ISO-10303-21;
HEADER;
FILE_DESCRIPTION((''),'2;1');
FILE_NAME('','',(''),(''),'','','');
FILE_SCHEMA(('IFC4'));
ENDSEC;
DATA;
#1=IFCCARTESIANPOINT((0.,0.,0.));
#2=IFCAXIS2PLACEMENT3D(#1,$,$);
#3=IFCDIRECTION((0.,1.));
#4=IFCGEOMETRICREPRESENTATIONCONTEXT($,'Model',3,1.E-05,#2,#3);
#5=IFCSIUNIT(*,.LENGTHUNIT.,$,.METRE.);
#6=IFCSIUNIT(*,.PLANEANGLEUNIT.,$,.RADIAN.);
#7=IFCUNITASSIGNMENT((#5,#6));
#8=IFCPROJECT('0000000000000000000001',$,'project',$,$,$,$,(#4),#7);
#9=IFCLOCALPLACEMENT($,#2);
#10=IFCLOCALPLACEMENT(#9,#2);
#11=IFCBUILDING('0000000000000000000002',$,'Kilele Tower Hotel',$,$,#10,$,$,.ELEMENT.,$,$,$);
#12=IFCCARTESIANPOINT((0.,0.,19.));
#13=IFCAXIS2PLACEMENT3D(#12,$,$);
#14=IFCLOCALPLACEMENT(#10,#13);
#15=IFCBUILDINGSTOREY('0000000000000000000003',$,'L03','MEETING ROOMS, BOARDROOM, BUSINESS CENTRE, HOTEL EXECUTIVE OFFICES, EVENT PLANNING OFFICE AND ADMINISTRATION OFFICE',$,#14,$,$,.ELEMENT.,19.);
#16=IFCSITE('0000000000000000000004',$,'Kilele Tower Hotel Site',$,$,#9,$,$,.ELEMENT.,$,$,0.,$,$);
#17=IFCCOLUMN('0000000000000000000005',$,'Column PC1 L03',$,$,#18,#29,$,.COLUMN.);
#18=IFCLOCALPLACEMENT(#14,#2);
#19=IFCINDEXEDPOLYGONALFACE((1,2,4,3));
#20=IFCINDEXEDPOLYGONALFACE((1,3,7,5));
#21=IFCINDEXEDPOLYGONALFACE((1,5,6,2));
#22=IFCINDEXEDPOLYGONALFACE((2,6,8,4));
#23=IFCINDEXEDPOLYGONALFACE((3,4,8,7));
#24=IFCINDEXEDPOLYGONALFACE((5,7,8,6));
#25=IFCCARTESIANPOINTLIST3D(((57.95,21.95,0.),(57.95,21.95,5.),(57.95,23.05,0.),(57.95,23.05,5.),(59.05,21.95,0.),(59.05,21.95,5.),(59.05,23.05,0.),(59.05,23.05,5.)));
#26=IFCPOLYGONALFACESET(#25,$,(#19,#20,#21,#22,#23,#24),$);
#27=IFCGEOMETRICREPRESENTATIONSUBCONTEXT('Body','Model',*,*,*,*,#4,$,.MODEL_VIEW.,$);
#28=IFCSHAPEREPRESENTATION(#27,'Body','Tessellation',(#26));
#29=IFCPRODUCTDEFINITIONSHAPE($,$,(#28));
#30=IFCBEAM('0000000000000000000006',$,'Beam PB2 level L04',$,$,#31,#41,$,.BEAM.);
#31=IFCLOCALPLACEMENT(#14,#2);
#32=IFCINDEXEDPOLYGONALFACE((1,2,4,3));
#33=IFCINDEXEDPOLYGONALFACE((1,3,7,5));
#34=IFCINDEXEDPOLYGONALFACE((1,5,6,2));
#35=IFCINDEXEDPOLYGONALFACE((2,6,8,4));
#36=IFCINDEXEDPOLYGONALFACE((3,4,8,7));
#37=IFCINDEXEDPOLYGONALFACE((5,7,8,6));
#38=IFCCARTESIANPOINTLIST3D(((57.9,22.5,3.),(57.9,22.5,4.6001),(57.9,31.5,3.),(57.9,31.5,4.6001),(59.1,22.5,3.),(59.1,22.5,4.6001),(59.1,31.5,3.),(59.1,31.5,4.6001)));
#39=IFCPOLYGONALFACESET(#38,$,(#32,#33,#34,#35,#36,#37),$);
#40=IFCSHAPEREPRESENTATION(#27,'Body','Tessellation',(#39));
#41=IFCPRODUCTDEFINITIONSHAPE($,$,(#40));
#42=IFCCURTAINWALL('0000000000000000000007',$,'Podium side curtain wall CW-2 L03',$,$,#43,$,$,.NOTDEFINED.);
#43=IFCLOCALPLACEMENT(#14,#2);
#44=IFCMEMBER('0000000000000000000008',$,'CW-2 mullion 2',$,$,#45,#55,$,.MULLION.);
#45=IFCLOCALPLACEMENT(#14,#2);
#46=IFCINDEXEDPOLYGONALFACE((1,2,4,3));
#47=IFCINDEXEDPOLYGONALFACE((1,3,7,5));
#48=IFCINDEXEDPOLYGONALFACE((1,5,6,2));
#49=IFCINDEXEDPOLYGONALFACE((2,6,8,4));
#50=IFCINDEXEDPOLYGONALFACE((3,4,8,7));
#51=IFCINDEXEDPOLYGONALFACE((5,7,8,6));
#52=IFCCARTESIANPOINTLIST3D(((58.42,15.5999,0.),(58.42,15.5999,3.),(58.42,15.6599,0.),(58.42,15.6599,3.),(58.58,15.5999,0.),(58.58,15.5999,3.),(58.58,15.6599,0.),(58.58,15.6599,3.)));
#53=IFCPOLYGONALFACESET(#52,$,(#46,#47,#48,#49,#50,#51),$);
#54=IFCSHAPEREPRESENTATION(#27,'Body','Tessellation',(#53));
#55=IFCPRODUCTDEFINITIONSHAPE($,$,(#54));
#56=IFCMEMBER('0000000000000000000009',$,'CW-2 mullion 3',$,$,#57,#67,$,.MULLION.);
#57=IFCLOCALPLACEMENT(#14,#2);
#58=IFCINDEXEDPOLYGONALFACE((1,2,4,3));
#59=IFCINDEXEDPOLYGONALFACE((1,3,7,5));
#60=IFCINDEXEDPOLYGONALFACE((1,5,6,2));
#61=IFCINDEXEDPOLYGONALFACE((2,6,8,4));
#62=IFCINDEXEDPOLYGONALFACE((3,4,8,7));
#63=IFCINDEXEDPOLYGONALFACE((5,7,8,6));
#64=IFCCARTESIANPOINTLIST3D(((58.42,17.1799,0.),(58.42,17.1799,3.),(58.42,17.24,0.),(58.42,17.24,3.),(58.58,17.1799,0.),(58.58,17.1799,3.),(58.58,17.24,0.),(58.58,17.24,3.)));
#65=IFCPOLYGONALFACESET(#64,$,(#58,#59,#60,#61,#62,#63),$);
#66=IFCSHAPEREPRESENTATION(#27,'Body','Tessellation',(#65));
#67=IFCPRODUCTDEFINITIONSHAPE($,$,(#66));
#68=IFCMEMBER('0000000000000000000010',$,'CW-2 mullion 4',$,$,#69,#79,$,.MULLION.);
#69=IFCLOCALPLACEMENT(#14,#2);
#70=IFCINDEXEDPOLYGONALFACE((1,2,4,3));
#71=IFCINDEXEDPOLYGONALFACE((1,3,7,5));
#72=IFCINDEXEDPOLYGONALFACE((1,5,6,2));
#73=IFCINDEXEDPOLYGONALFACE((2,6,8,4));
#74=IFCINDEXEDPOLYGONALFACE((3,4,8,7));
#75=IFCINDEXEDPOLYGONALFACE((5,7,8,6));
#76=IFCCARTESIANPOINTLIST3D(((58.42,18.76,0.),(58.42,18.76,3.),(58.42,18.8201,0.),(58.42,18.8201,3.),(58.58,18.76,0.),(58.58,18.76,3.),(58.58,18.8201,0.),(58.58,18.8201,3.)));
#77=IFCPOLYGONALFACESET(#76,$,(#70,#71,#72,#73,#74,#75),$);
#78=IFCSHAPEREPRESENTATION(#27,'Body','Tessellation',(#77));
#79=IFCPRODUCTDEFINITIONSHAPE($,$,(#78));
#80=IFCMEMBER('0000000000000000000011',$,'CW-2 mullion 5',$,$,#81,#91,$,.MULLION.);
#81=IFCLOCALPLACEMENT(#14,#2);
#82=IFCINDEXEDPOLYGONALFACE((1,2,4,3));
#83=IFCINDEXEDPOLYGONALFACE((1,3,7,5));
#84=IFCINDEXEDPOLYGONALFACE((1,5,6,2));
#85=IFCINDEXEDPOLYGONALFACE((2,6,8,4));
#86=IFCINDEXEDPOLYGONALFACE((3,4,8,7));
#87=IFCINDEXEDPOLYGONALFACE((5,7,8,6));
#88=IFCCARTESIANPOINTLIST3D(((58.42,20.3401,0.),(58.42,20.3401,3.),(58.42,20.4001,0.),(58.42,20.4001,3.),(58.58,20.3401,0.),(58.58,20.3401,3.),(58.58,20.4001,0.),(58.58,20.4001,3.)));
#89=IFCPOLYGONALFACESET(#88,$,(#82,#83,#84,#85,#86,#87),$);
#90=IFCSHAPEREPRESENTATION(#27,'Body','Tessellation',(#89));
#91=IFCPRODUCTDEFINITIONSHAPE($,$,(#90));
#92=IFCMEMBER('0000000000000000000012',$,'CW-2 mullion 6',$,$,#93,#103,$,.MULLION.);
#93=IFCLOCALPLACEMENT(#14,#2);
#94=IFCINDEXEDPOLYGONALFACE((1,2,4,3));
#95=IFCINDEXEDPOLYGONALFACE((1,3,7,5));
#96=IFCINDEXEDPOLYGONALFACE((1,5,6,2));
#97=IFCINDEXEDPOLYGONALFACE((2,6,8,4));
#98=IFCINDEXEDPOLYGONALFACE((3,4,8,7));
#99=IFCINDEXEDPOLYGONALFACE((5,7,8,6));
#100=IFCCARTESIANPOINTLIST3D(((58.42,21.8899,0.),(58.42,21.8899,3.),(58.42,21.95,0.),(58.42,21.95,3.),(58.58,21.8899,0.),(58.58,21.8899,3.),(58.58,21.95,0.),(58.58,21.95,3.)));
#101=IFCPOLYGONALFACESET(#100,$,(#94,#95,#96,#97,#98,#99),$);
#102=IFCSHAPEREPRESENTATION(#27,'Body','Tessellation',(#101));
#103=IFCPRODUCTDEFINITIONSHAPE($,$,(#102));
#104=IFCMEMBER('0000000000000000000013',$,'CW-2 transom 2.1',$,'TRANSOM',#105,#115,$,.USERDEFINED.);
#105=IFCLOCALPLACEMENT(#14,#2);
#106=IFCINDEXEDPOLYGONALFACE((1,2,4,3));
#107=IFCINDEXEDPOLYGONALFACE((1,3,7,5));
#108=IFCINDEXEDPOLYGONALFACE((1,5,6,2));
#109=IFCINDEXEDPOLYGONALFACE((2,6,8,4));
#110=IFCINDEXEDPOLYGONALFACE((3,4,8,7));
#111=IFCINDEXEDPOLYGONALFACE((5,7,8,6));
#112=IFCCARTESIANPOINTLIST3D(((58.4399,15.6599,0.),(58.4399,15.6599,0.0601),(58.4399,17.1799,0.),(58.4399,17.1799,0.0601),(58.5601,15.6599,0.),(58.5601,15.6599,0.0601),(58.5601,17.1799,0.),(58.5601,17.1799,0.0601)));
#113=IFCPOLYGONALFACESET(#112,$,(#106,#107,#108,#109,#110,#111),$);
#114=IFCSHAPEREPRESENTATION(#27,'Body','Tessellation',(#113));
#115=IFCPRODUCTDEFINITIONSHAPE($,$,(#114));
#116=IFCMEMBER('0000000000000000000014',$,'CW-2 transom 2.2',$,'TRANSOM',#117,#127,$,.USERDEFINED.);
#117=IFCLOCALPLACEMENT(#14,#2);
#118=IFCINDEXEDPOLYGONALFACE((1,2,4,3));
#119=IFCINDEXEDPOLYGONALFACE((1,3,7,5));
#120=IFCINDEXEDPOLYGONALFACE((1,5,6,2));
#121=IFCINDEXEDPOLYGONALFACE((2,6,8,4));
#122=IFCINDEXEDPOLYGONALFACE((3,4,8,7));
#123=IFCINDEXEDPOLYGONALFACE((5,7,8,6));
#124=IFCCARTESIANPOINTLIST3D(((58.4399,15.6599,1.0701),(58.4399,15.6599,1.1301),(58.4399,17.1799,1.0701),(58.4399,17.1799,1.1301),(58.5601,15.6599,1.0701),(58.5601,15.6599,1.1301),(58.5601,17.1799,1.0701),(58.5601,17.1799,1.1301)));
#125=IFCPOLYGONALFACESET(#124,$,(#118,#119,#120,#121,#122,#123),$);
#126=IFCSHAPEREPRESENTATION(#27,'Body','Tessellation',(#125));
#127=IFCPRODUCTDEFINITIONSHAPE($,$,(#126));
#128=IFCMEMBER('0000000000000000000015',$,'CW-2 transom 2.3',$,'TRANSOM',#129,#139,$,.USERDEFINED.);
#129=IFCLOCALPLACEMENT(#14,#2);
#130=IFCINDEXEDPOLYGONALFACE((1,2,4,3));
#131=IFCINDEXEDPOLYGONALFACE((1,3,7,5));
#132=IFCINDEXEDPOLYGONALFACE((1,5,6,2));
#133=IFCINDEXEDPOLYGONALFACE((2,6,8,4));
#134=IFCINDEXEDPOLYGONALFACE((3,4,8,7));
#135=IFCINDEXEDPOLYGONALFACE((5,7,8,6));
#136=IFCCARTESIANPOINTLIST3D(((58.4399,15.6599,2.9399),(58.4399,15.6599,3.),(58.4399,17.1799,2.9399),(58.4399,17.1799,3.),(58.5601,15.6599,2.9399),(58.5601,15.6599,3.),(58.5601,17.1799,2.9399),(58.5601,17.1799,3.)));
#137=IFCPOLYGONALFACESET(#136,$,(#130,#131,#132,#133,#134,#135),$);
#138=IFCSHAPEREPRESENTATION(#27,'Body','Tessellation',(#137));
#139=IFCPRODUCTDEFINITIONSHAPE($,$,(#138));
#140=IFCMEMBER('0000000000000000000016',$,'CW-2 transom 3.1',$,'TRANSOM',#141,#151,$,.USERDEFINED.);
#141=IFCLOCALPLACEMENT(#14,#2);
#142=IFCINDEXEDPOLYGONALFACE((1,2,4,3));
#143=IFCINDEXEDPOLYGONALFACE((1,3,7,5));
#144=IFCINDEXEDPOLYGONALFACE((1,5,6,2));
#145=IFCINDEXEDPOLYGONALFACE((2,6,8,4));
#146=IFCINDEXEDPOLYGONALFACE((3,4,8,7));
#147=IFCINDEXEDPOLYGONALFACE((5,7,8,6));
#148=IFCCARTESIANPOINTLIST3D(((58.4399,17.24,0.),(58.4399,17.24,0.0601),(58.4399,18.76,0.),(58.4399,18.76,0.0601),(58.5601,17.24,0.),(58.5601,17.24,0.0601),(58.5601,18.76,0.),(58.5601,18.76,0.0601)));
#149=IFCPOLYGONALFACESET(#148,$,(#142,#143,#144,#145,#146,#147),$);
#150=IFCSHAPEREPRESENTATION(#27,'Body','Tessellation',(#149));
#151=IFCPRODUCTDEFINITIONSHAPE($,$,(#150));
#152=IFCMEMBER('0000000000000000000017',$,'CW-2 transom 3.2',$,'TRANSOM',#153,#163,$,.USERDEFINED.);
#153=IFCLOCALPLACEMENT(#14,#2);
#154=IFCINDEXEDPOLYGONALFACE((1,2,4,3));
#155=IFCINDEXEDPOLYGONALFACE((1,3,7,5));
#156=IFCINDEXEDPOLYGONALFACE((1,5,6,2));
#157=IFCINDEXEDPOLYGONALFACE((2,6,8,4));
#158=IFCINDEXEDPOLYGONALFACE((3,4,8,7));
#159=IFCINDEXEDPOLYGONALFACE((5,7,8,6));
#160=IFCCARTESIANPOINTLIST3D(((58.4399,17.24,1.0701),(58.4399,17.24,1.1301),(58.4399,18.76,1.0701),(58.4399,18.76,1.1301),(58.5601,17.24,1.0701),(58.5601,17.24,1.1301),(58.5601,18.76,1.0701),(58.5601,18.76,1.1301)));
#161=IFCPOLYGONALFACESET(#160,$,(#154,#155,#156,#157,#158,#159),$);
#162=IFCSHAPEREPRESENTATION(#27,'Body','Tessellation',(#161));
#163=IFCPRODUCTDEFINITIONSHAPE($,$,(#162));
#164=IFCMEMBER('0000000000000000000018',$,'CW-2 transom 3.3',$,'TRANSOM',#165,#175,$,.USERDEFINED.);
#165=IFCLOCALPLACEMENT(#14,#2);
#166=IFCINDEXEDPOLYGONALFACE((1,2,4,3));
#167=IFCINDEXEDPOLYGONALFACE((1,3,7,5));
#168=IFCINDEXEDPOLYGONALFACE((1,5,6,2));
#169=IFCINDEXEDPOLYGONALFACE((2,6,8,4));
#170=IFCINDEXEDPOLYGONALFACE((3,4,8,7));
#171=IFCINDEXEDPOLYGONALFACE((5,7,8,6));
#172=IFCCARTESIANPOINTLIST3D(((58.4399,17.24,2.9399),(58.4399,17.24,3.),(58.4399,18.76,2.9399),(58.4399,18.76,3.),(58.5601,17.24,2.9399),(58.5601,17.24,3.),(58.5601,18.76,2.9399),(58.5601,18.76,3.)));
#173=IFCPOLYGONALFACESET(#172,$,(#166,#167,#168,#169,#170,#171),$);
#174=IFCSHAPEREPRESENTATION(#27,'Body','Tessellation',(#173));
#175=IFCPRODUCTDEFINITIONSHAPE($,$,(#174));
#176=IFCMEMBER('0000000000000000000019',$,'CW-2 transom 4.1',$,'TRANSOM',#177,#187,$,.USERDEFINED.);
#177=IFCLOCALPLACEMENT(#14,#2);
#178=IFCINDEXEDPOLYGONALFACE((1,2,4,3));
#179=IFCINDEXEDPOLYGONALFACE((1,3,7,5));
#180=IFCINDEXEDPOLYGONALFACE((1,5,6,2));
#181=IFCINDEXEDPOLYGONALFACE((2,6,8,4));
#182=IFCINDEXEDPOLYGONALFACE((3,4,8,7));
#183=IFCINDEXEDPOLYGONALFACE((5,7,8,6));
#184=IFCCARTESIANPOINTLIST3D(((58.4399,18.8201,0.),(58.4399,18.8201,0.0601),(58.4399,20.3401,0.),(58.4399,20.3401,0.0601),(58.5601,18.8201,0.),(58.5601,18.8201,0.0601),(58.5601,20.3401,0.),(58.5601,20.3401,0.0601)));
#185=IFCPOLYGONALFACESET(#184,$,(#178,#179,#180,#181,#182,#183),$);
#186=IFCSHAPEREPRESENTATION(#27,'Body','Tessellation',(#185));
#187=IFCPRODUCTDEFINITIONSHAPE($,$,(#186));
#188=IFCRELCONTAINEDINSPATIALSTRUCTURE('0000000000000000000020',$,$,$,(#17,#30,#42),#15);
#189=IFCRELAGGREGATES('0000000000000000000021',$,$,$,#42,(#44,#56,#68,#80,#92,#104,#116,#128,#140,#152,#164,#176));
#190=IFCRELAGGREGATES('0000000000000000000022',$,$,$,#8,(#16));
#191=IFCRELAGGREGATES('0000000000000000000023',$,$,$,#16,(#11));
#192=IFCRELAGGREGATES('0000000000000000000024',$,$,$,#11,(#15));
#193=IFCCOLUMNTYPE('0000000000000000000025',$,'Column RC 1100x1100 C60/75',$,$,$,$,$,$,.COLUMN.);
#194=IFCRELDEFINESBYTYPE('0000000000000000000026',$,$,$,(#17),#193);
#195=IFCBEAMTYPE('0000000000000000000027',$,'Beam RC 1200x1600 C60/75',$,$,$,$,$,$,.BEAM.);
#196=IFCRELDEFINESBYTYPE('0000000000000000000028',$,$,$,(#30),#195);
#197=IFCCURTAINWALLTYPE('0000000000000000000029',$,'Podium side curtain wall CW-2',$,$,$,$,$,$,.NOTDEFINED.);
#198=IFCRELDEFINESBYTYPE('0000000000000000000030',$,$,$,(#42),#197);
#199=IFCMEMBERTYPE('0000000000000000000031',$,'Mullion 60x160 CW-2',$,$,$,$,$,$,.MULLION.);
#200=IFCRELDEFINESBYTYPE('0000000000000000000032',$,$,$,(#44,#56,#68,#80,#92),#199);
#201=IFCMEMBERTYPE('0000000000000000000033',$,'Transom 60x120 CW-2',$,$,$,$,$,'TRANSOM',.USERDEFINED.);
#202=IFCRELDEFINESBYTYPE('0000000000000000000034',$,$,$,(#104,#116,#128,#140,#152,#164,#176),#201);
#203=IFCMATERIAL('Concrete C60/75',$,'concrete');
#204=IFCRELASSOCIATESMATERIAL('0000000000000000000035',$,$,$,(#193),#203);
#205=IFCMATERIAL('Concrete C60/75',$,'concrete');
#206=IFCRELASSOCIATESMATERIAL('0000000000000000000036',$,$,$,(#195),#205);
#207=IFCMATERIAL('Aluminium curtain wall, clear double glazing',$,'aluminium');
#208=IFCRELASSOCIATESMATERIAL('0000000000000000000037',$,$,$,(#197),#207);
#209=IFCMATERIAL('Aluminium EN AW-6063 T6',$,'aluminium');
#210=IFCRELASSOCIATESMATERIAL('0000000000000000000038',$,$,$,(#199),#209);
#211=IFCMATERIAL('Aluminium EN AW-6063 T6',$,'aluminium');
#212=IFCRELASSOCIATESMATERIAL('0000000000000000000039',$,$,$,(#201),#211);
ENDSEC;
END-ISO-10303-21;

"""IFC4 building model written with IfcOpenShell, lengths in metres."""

from ifc_helpers import new_model, si_unit, direction, frame, origin, origin_2d, place, context, subcontext, project, spatial, rectangle, extrude, material, material_profile, profile_set, type_object, element, aggregate, save


model = new_model("IFC4")

# Units and contexts
model_context = context("Model", 3, precision=1e-05, world=origin(), true_north=direction((0.0, 1.0)))
body_context = subcontext(model_context, "Body", "Model", "MODEL_VIEW")
ifc_project = project(units=[si_unit("LENGTHUNIT", "METRE"), si_unit("PLANEANGLEUNIT", "RADIAN")], contexts=[model_context])

# Site, building, storey
site_placement = place(None, origin())
site = spatial("IfcSite", under=ifc_project, at=site_placement, Name="Kilele Tower Hotel Site", CompositionType="ELEMENT", RefElevation=0.0)
building_placement = place(site_placement, origin())
building = spatial("IfcBuilding", under=site, at=building_placement, Name="Kilele Tower Hotel", CompositionType="ELEMENT")
storey_placement = place(building_placement, frame((0.0, 0.0, 19.0)))
storey = spatial("IfcBuildingStorey", under=building, at=storey_placement, Name="L03", Description="MEETING ROOMS, BOARDROOM, BUSINESS CENTRE, HOTEL EXECUTIVE OFFICES, EVENT PLANNING OFFICE AND ADMINISTRATION OFFICE", CompositionType="ELEMENT", Elevation=19.0)

# Column
ifc_material_1 = material(Name="Concrete C60/75", Category="concrete")
ifc_material_profile_1 = material_profile(ifc_material_1, rectangle(XDim=1.1001, YDim=1.1001, at=origin_2d()))
ifc_profile_set_1 = profile_set([ifc_material_profile_1], Name="Concrete C60/75")
column_type = type_object("IfcColumnType", Name="Column RC 1100x1100 C60/75", PredefinedType="COLUMN", material=ifc_profile_set_1)
column_placement = place(storey_placement, frame((58.5, 22.5, 0.0), z_axis=(0.0, 0.0, 1.0), x_axis=(1.0, 0.0, 0.0)))
element("IfcColumn", 1, at=column_placement, inside=storey, type_object=column_type, Name="Column PC1 L03", PredefinedType="COLUMN", context=body_context, shape_type="SweptSolid", body=[
    extrude(rectangle(XDim=1.1001, YDim=1.1001, at=origin_2d()), origin(), (0.0, 0.0, 1.0), 5.0),
])

# Beam
ifc_material_2 = material(Name="Concrete C60/75", Category="concrete")
ifc_material_profile_2 = material_profile(ifc_material_2, rectangle(XDim=1.2, YDim=1.6001, at=origin_2d()))
ifc_profile_set_2 = profile_set([ifc_material_profile_2], Name="Concrete C60/75")
beam_type = type_object("IfcBeamType", Name="Beam RC 1200x1600 C60/75", PredefinedType="BEAM", material=ifc_profile_set_2)
beam_placement = place(storey_placement, frame((58.5, 22.5, 3.8), z_axis=(0.0, 1.0, 0.0), x_axis=(-1.0, 0.0, 0.0)))
element("IfcBeam", 2, at=beam_placement, inside=storey, type_object=beam_type, Name="Beam PB2 level L04", PredefinedType="BEAM", context=body_context, shape_type="SweptSolid", body=[
    extrude(rectangle(XDim=1.2, YDim=1.6001, at=origin_2d()), origin(), (0.0, 0.0, 1.0), 9.0),
])

# Curtain wall, members
ifc_material_3 = material(Name="Aluminium curtain wall, clear double glazing", Category="aluminium")
curtain_wall_type = type_object("IfcCurtainWallType", Name="Podium side curtain wall CW-2", PredefinedType="NOTDEFINED", material=ifc_material_3)
curtain_wall_placement = place(storey_placement, origin())
curtain_wall = element("IfcCurtainWall", 3, at=curtain_wall_placement, inside=storey, type_object=curtain_wall_type, Name="Podium side curtain wall CW-2 L03", PredefinedType="NOTDEFINED")
ifc_material_4 = material(Name="Aluminium EN AW-6063 T6", Category="aluminium")
ifc_material_profile_3 = material_profile(ifc_material_4, rectangle(XDim=0.1599, YDim=0.0601, at=origin_2d()))
ifc_profile_set_3 = profile_set([ifc_material_profile_3], Name="Aluminium EN AW-6063 T6")
member_type_1 = type_object("IfcMemberType", Name="Mullion 60x160 CW-2", PredefinedType="MULLION", material=ifc_profile_set_3)
member_1_placement = place(storey_placement, frame((58.5, 15.6299, 0.0), z_axis=(0.0, 0.0, 1.0), x_axis=(-1.0, 0.0, 0.0)))
member_1 = element("IfcMember", 4, at=member_1_placement, type_object=member_type_1, Name="CW-2 mullion 2", PredefinedType="MULLION", context=body_context, shape_type="SweptSolid", body=[
    extrude(rectangle(XDim=0.1599, YDim=0.0601, at=origin_2d()), origin(), (0.0, 0.0, 1.0), 3.0),
])
member_2_placement = place(storey_placement, frame((58.5, 17.21, 0.0), z_axis=(0.0, 0.0, 1.0), x_axis=(-1.0, 0.0, 0.0)))
member_2 = element("IfcMember", 5, at=member_2_placement, type_object=member_type_1, Name="CW-2 mullion 3", PredefinedType="MULLION", context=body_context, shape_type="SweptSolid", body=[
    extrude(rectangle(XDim=0.1599, YDim=0.0601, at=origin_2d()), origin(), (0.0, 0.0, 1.0), 3.0),
])
member_3_placement = place(storey_placement, frame((58.5, 18.79, 0.0), z_axis=(0.0, 0.0, 1.0), x_axis=(-1.0, 0.0, 0.0)))
member_3 = element("IfcMember", 6, at=member_3_placement, type_object=member_type_1, Name="CW-2 mullion 4", PredefinedType="MULLION", context=body_context, shape_type="SweptSolid", body=[
    extrude(rectangle(XDim=0.1599, YDim=0.0601, at=origin_2d()), origin(), (0.0, 0.0, 1.0), 3.0),
])
member_4_placement = place(storey_placement, frame((58.5, 20.3701, 0.0), z_axis=(0.0, 0.0, 1.0), x_axis=(-1.0, 0.0, 0.0)))
member_4 = element("IfcMember", 7, at=member_4_placement, type_object=member_type_1, Name="CW-2 mullion 5", PredefinedType="MULLION", context=body_context, shape_type="SweptSolid", body=[
    extrude(rectangle(XDim=0.1599, YDim=0.0601, at=origin_2d()), origin(), (0.0, 0.0, 1.0), 3.0),
])
member_5_placement = place(storey_placement, frame((58.5, 21.9199, 0.0), z_axis=(0.0, 0.0, 1.0), x_axis=(-1.0, 0.0, 0.0)))
member_5 = element("IfcMember", 8, at=member_5_placement, type_object=member_type_1, Name="CW-2 mullion 6", PredefinedType="MULLION", context=body_context, shape_type="SweptSolid", body=[
    extrude(rectangle(XDim=0.1599, YDim=0.0601, at=origin_2d()), origin(), (0.0, 0.0, 1.0), 3.0),
])
ifc_material_5 = material(Name="Aluminium EN AW-6063 T6", Category="aluminium")
ifc_material_profile_4 = material_profile(ifc_material_5, rectangle(XDim=0.1201, YDim=0.0601, at=origin_2d()))
ifc_profile_set_4 = profile_set([ifc_material_profile_4], Name="Aluminium EN AW-6063 T6")
member_type_2 = type_object("IfcMemberType", Name="Transom 60x120 CW-2", ElementType="TRANSOM", PredefinedType="USERDEFINED", material=ifc_profile_set_4)
member_6_placement = place(storey_placement, frame((58.5, 15.6599, 0.03), z_axis=(0.0, 1.0, 0.0), x_axis=(-1.0, 0.0, 0.0)))
member_6 = element("IfcMember", 9, at=member_6_placement, type_object=member_type_2, Name="CW-2 transom 2.1", ObjectType="TRANSOM", PredefinedType="USERDEFINED", context=body_context, shape_type="SweptSolid", body=[
    extrude(rectangle(XDim=0.1201, YDim=0.0601, at=origin_2d()), origin(), (0.0, 0.0, 1.0), 1.52),
])
member_7_placement = place(storey_placement, frame((58.5, 15.6599, 1.1001), z_axis=(0.0, 1.0, 0.0), x_axis=(-1.0, 0.0, 0.0)))
member_7 = element("IfcMember", 10, at=member_7_placement, type_object=member_type_2, Name="CW-2 transom 2.2", ObjectType="TRANSOM", PredefinedType="USERDEFINED", context=body_context, shape_type="SweptSolid", body=[
    extrude(rectangle(XDim=0.1201, YDim=0.0601, at=origin_2d()), origin(), (0.0, 0.0, 1.0), 1.52),
])
member_8_placement = place(storey_placement, frame((58.5, 15.6599, 2.97), z_axis=(0.0, 1.0, 0.0), x_axis=(-1.0, 0.0, 0.0)))
member_8 = element("IfcMember", 11, at=member_8_placement, type_object=member_type_2, Name="CW-2 transom 2.3", ObjectType="TRANSOM", PredefinedType="USERDEFINED", context=body_context, shape_type="SweptSolid", body=[
    extrude(rectangle(XDim=0.1201, YDim=0.0601, at=origin_2d()), origin(), (0.0, 0.0, 1.0), 1.52),
])
member_9_placement = place(storey_placement, frame((58.5, 17.24, 0.03), z_axis=(0.0, 1.0, 0.0), x_axis=(-1.0, 0.0, 0.0)))
member_9 = element("IfcMember", 12, at=member_9_placement, type_object=member_type_2, Name="CW-2 transom 3.1", ObjectType="TRANSOM", PredefinedType="USERDEFINED", context=body_context, shape_type="SweptSolid", body=[
    extrude(rectangle(XDim=0.1201, YDim=0.0601, at=origin_2d()), origin(), (0.0, 0.0, 1.0), 1.52),
])
member_10_placement = place(storey_placement, frame((58.5, 17.24, 1.1001), z_axis=(0.0, 1.0, 0.0), x_axis=(-1.0, 0.0, 0.0)))
member_10 = element("IfcMember", 13, at=member_10_placement, type_object=member_type_2, Name="CW-2 transom 3.2", ObjectType="TRANSOM", PredefinedType="USERDEFINED", context=body_context, shape_type="SweptSolid", body=[
    extrude(rectangle(XDim=0.1201, YDim=0.0601, at=origin_2d()), origin(), (0.0, 0.0, 1.0), 1.52),
])
member_11_placement = place(storey_placement, frame((58.5, 17.24, 2.97), z_axis=(0.0, 1.0, 0.0), x_axis=(-1.0, 0.0, 0.0)))
member_11 = element("IfcMember", 14, at=member_11_placement, type_object=member_type_2, Name="CW-2 transom 3.3", ObjectType="TRANSOM", PredefinedType="USERDEFINED", context=body_context, shape_type="SweptSolid", body=[
    extrude(rectangle(XDim=0.1201, YDim=0.0601, at=origin_2d()), origin(), (0.0, 0.0, 1.0), 1.52),
])
member_12_placement = place(storey_placement, frame((58.5, 18.8201, 0.03), z_axis=(0.0, 1.0, 0.0), x_axis=(-1.0, 0.0, 0.0)))
member_12 = element("IfcMember", 15, at=member_12_placement, type_object=member_type_2, Name="CW-2 transom 4.1", ObjectType="TRANSOM", PredefinedType="USERDEFINED", context=body_context, shape_type="SweptSolid", body=[
    extrude(rectangle(XDim=0.1201, YDim=0.0601, at=origin_2d()), origin(), (0.0, 0.0, 1.0), 1.52),
])
aggregate(curtain_wall, [member_1, member_2, member_3, member_4, member_5, member_6, member_7, member_8, member_9, member_10, member_11, member_12])

save(model, "model.ifc")
